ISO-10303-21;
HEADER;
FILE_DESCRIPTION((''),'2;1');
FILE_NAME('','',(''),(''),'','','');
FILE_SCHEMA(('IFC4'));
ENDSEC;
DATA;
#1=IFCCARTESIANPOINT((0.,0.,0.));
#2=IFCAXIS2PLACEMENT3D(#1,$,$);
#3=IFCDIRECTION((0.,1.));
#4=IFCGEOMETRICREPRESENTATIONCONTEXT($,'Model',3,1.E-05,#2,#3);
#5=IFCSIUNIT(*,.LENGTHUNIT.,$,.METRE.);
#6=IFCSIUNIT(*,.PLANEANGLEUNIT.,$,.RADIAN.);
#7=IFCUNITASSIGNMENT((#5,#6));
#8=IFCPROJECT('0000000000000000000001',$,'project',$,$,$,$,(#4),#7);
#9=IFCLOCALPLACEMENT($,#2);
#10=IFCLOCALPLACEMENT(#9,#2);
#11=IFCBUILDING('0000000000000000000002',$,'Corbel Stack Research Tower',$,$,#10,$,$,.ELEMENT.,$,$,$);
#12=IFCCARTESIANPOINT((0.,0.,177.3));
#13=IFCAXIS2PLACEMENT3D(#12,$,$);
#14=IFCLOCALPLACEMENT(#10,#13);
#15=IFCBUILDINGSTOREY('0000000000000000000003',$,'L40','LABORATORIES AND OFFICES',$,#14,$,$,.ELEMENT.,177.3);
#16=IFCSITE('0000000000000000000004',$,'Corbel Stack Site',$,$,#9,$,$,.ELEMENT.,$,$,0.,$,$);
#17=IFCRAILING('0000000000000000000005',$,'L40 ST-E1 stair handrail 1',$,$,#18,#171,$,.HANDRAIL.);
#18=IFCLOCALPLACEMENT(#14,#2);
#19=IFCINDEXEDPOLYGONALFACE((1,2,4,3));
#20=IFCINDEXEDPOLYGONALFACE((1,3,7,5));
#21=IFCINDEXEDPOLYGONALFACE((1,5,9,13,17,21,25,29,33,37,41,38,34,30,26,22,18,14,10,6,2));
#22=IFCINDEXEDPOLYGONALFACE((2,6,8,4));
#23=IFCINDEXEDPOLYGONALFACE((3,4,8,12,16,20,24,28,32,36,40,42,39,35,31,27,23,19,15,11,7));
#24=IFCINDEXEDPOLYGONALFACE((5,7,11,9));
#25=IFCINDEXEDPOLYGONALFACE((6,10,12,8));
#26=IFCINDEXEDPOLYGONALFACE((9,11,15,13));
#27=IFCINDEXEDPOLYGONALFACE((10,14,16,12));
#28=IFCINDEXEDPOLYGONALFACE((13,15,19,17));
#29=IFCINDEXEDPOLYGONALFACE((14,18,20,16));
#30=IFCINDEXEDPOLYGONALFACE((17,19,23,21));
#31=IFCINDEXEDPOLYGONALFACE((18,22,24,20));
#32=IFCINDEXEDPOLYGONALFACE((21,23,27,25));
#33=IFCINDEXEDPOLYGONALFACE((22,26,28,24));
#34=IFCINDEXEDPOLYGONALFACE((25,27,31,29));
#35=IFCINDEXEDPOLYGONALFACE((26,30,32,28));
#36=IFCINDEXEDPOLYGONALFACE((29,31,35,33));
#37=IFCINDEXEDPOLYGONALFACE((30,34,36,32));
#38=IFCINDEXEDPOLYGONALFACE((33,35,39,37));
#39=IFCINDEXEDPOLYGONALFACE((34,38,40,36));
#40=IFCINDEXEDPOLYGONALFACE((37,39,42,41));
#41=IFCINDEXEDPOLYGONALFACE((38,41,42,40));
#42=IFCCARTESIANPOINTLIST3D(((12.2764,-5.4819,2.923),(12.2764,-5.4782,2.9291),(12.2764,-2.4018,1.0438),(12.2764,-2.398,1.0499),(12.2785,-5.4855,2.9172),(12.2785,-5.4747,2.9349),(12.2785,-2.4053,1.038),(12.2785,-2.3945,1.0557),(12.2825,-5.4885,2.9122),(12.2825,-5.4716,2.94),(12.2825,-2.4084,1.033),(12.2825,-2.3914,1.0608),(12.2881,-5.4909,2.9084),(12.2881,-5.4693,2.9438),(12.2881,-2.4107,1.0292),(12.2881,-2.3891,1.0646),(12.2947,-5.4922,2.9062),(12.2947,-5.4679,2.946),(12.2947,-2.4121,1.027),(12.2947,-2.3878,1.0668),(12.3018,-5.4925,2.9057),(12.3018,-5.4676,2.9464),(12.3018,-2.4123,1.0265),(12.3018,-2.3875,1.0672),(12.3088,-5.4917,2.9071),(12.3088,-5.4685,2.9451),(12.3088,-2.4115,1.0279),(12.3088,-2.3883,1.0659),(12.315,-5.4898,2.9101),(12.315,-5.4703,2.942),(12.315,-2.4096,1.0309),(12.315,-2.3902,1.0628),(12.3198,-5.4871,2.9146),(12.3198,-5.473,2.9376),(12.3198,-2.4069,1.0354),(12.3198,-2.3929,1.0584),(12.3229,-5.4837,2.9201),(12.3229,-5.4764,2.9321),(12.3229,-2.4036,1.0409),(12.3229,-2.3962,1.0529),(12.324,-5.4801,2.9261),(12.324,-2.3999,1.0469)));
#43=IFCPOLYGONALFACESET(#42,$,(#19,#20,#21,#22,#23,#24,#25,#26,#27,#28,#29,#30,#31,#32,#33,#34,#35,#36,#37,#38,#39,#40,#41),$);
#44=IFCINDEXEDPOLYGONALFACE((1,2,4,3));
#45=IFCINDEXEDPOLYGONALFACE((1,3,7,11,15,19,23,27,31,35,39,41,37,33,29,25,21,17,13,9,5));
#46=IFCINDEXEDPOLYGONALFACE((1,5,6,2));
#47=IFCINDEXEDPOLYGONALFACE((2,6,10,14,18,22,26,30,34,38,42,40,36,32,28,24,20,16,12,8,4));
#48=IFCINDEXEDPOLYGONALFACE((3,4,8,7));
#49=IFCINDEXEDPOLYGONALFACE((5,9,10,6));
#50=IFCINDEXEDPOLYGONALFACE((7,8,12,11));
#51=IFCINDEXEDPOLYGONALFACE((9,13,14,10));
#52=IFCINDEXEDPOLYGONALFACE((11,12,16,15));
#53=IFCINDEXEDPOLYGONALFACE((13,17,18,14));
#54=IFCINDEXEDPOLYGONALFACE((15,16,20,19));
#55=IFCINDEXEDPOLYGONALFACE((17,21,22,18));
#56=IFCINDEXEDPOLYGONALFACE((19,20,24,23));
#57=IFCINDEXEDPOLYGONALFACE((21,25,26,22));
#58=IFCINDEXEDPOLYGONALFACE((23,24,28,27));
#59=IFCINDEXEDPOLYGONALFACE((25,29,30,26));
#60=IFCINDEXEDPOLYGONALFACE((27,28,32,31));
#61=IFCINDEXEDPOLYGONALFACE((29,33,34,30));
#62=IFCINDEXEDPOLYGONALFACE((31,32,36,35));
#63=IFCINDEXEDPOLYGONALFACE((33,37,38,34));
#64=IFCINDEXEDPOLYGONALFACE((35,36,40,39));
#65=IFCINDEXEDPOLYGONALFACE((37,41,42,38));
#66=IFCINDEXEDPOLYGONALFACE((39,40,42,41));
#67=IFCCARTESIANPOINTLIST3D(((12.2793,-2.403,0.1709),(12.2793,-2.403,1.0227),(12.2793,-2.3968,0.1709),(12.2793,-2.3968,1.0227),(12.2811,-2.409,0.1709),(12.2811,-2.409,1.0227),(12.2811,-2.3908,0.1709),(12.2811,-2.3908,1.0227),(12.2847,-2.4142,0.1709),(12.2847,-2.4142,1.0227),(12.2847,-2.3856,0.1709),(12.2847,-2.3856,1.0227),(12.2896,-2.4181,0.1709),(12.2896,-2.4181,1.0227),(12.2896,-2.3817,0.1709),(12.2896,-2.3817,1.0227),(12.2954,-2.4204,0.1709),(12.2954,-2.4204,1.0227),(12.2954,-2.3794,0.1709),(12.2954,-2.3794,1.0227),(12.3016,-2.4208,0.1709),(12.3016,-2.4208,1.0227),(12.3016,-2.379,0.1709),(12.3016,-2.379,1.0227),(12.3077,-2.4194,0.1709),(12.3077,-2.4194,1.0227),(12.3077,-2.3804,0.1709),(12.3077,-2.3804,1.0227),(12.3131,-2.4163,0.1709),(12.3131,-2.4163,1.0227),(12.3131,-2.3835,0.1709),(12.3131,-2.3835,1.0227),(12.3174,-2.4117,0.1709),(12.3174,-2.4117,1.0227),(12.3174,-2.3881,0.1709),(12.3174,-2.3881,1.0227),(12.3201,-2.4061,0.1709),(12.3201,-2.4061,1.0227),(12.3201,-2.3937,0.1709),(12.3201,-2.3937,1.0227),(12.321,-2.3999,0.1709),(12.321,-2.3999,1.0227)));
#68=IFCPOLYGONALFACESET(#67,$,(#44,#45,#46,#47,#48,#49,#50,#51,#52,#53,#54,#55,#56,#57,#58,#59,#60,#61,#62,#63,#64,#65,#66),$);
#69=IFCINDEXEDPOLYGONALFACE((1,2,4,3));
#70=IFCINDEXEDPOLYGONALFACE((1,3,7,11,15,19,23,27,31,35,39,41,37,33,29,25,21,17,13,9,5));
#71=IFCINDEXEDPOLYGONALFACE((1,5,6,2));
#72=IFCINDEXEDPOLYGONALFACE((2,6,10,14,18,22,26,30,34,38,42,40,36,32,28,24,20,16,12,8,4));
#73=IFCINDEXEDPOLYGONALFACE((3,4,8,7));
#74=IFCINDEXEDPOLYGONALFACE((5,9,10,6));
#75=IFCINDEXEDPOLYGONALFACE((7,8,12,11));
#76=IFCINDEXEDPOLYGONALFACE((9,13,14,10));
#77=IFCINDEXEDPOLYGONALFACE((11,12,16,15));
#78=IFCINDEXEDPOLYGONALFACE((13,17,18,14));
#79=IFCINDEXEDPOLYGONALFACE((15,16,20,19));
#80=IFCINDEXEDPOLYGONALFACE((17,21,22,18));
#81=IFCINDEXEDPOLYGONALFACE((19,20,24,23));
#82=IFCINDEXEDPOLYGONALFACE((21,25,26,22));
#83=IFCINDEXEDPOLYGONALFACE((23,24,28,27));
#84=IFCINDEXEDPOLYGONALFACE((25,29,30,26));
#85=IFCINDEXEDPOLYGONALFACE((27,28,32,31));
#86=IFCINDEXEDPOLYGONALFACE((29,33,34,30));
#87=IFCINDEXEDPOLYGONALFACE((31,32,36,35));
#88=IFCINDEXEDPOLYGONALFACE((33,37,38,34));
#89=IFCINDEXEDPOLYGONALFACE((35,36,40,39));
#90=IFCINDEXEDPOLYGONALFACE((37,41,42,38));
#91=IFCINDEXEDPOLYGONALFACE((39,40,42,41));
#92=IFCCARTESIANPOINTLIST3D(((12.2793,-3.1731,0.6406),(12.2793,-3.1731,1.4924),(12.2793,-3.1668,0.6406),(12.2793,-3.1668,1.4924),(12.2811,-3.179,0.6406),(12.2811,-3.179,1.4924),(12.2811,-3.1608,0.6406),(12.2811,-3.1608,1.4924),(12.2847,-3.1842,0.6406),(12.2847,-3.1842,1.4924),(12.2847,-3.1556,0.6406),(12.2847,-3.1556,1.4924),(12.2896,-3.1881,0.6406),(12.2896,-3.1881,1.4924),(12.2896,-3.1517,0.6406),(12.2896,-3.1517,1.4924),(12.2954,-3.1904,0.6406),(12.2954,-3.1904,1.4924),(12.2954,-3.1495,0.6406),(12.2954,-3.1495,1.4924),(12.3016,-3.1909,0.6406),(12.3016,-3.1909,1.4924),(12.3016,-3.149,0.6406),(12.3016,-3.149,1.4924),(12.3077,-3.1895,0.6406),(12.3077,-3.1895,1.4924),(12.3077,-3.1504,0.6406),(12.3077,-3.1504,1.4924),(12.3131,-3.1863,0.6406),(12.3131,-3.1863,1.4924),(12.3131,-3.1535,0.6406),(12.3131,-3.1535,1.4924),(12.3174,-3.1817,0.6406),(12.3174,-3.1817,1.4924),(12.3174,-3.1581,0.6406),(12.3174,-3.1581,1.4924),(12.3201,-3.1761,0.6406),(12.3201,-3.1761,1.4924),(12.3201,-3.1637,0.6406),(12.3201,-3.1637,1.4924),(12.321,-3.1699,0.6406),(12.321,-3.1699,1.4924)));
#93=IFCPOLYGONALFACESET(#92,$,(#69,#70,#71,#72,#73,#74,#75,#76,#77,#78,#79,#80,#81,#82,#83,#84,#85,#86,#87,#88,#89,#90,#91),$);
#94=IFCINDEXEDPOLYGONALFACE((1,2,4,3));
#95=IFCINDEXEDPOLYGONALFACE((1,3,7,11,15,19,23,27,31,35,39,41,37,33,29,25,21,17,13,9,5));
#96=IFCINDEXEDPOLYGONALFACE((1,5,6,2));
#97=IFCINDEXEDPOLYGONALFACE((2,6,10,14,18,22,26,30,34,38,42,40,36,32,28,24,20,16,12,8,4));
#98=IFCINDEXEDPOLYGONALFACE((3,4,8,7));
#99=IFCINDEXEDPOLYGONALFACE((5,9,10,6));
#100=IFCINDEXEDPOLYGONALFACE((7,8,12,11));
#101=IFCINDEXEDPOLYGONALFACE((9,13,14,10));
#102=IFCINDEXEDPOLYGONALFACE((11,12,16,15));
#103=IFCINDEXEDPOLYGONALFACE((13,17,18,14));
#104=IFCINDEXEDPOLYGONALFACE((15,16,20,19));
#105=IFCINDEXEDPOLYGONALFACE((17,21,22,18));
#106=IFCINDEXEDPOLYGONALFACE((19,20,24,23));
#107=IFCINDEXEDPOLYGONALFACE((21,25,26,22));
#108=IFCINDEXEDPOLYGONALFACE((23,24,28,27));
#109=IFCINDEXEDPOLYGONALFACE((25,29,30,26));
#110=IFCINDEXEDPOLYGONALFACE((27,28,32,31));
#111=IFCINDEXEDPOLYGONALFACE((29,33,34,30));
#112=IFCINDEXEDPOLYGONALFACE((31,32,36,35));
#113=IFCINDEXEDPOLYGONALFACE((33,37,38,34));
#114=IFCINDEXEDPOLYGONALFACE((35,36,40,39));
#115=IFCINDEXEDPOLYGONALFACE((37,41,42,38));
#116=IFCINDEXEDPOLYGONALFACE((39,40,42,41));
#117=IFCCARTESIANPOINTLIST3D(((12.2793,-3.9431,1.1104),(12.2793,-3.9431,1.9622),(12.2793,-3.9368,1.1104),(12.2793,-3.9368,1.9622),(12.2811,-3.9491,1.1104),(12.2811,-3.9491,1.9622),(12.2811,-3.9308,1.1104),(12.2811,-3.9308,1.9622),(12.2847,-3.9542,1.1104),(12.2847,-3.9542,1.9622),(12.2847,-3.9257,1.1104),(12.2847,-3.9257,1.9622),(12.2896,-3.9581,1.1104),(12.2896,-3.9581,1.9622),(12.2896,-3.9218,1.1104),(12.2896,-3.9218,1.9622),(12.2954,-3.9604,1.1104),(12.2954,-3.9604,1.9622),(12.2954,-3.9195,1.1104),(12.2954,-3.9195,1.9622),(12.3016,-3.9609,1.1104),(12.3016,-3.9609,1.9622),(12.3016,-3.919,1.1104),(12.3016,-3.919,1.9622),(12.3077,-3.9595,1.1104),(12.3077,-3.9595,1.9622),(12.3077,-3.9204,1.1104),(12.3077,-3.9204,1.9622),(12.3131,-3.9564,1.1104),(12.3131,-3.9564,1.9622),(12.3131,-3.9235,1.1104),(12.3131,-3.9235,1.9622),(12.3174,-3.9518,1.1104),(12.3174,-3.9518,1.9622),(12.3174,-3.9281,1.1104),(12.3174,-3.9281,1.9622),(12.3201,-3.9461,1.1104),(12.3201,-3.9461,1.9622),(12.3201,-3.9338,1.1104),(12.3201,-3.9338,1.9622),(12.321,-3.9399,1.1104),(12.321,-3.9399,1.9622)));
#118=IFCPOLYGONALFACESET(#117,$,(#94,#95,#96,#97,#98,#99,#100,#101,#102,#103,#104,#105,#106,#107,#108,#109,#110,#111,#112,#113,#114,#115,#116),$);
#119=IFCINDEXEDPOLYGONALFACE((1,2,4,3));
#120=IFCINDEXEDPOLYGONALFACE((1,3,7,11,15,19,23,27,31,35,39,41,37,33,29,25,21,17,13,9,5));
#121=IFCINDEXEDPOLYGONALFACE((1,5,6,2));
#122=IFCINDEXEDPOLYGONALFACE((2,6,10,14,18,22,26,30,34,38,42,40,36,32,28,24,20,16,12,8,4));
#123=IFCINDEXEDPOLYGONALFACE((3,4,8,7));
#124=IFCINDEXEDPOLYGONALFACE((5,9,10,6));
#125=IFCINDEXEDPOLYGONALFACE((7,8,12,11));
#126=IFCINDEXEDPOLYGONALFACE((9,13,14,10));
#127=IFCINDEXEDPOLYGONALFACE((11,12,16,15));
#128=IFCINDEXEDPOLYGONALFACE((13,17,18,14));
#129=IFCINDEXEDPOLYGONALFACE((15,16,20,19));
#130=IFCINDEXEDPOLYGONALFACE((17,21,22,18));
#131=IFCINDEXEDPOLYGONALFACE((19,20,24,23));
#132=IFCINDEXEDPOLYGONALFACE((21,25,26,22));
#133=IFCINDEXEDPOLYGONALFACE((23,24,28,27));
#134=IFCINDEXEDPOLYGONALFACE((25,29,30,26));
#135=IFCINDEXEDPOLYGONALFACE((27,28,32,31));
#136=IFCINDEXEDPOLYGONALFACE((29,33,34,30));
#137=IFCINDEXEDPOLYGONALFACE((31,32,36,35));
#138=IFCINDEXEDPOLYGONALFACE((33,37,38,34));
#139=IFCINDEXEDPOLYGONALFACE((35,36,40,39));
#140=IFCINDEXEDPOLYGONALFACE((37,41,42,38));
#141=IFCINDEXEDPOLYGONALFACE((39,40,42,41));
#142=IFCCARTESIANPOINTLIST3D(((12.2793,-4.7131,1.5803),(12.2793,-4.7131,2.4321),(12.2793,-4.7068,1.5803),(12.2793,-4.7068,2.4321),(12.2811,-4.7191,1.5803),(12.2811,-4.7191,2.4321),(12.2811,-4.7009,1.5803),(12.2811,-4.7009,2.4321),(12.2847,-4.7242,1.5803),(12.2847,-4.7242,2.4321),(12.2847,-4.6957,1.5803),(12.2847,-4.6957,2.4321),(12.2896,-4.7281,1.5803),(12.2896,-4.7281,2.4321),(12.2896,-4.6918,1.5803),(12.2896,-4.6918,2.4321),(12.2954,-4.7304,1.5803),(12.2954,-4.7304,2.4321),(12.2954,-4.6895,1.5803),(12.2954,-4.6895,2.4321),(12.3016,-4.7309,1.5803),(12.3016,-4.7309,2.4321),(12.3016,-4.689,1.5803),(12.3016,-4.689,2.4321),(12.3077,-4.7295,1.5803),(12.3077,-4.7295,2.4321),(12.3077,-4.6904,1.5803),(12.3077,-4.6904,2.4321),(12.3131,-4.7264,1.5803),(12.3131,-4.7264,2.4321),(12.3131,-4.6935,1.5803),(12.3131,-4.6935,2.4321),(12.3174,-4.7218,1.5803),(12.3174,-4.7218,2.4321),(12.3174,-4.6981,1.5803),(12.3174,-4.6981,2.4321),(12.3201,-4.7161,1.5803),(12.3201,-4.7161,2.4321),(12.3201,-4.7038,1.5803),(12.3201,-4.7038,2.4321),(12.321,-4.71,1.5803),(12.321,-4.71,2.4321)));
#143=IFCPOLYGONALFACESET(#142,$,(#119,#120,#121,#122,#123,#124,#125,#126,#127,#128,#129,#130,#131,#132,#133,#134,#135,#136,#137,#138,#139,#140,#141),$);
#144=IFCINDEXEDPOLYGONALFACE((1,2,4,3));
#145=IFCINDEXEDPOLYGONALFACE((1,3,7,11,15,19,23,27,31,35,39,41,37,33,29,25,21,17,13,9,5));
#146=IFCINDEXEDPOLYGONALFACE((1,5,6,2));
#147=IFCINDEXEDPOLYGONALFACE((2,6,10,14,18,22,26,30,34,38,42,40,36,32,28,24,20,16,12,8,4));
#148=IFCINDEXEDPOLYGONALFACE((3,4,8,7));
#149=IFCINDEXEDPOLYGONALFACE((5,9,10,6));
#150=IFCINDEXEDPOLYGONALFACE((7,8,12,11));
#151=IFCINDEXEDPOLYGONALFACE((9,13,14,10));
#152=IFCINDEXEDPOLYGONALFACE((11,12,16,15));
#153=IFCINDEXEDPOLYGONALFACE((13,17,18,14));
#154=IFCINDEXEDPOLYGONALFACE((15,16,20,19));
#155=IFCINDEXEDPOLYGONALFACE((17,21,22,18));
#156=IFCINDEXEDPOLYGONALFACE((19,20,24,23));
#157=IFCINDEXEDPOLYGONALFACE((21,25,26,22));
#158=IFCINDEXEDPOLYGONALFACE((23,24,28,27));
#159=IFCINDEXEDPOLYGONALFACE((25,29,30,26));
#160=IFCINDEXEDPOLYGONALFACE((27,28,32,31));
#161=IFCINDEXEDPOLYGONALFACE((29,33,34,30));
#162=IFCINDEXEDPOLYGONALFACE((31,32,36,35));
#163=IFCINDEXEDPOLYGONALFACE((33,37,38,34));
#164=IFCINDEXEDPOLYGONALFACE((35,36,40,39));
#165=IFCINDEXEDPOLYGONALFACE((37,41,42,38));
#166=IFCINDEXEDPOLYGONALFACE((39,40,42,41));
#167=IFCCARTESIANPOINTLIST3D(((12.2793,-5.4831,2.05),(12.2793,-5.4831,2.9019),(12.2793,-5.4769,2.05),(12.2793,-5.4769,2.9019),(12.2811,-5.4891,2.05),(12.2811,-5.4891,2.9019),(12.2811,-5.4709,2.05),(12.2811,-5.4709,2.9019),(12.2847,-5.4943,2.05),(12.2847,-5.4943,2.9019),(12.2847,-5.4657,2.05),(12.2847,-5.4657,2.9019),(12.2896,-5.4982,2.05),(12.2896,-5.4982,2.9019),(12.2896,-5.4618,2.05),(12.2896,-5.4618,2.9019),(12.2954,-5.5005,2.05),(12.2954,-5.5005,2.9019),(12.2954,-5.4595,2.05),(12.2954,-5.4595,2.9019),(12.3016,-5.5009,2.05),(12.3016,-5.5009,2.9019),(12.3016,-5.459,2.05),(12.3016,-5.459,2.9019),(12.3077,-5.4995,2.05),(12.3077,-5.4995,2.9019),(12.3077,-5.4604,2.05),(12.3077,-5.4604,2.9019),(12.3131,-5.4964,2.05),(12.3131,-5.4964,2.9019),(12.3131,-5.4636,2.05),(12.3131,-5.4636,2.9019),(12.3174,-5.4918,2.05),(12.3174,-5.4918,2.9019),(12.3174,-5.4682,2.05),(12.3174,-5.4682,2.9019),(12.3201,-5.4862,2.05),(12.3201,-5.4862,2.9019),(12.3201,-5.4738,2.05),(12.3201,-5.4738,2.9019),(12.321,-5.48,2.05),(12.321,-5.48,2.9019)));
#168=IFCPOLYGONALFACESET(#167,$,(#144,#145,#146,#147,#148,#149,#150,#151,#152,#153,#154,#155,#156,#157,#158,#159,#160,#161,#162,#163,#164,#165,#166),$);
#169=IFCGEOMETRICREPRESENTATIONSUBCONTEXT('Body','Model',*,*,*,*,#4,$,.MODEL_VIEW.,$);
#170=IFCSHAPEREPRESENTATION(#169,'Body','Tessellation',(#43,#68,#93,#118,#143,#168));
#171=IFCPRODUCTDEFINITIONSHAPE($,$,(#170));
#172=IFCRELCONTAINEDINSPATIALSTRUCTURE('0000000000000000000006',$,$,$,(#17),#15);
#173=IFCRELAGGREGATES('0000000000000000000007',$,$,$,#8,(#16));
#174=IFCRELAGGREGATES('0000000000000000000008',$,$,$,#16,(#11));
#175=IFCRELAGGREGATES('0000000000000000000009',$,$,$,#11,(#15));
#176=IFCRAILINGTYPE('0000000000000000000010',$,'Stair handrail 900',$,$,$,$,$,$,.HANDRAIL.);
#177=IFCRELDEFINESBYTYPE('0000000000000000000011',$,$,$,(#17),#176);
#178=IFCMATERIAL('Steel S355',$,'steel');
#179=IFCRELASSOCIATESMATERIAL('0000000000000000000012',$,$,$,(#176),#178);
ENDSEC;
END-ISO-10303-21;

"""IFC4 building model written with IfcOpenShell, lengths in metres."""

from ifc_helpers import new_model, si_unit, direction, frame, origin, origin_2d, place, context, subcontext, project, spatial, circle, extrude, material, type_object, element, save


model = new_model("IFC4")

# Units and contexts
model_context = context("Model", 3, precision=1e-05, world=origin(), true_north=direction((0.0, 1.0)))
body_context = subcontext(model_context, "Body", "Model", "MODEL_VIEW")
ifc_project = project(units=[si_unit("LENGTHUNIT", "METRE"), si_unit("PLANEANGLEUNIT", "RADIAN")], contexts=[model_context])

# Site, building, storey
site_placement = place(None, origin())
site = spatial("IfcSite", under=ifc_project, at=site_placement, Name="Corbel Stack Site", CompositionType="ELEMENT", RefElevation=0.0)
building_placement = place(site_placement, origin())
building = spatial("IfcBuilding", under=site, at=building_placement, Name="Corbel Stack Research Tower", CompositionType="ELEMENT")
storey_placement = place(building_placement, frame((0.0, 0.0, 177.3)))
storey = spatial("IfcBuildingStorey", under=building, at=storey_placement, Name="L40", Description="LABORATORIES AND OFFICES", CompositionType="ELEMENT", Elevation=177.3)

# Railing
ifc_material_1 = material(Name="Steel S355", Category="steel")
railing_type_1 = type_object("IfcRailingType", Name="Stair handrail 900", PredefinedType="HANDRAIL", material=ifc_material_1)
railing_1_placement = place(storey_placement, frame((12.3, -2.3999, 0.1709)))
element("IfcRailing", 1, at=railing_1_placement, inside=storey, type_object=railing_type_1, Name="L40 ST-E1 stair handrail 1", PredefinedType="HANDRAIL", context=body_context, shape_type="SweptSolid", body=[
    extrude(circle(Radius=0.0239, at=origin_2d()), frame((0.0, 0.0, 0.876), z_axis=(0.0, -0.853666, 0.52082), x_axis=(1.0, 0.0, 0.0)), (0.0, 0.0, 1.0), 3.6082),
    extrude(circle(Radius=0.021, at=origin_2d()), origin(), (0.0, 0.0, 1.0), 0.8518),
    extrude(circle(Radius=0.021, at=origin_2d()), frame((0.0, -0.77, 0.4697)), (0.0, 0.0, 1.0), 0.8518),
    extrude(circle(Radius=0.021, at=origin_2d()), frame((0.0, -1.54, 0.9395)), (0.0, 0.0, 1.0), 0.8518),
    extrude(circle(Radius=0.021, at=origin_2d()), frame((0.0, -2.3101, 1.4094)), (0.0, 0.0, 1.0), 0.8518),
    extrude(circle(Radius=0.021, at=origin_2d()), frame((0.0, -3.0801, 1.8792)), (0.0, 0.0, 1.0), 0.8518),
])

save(model, "model.ifc")
